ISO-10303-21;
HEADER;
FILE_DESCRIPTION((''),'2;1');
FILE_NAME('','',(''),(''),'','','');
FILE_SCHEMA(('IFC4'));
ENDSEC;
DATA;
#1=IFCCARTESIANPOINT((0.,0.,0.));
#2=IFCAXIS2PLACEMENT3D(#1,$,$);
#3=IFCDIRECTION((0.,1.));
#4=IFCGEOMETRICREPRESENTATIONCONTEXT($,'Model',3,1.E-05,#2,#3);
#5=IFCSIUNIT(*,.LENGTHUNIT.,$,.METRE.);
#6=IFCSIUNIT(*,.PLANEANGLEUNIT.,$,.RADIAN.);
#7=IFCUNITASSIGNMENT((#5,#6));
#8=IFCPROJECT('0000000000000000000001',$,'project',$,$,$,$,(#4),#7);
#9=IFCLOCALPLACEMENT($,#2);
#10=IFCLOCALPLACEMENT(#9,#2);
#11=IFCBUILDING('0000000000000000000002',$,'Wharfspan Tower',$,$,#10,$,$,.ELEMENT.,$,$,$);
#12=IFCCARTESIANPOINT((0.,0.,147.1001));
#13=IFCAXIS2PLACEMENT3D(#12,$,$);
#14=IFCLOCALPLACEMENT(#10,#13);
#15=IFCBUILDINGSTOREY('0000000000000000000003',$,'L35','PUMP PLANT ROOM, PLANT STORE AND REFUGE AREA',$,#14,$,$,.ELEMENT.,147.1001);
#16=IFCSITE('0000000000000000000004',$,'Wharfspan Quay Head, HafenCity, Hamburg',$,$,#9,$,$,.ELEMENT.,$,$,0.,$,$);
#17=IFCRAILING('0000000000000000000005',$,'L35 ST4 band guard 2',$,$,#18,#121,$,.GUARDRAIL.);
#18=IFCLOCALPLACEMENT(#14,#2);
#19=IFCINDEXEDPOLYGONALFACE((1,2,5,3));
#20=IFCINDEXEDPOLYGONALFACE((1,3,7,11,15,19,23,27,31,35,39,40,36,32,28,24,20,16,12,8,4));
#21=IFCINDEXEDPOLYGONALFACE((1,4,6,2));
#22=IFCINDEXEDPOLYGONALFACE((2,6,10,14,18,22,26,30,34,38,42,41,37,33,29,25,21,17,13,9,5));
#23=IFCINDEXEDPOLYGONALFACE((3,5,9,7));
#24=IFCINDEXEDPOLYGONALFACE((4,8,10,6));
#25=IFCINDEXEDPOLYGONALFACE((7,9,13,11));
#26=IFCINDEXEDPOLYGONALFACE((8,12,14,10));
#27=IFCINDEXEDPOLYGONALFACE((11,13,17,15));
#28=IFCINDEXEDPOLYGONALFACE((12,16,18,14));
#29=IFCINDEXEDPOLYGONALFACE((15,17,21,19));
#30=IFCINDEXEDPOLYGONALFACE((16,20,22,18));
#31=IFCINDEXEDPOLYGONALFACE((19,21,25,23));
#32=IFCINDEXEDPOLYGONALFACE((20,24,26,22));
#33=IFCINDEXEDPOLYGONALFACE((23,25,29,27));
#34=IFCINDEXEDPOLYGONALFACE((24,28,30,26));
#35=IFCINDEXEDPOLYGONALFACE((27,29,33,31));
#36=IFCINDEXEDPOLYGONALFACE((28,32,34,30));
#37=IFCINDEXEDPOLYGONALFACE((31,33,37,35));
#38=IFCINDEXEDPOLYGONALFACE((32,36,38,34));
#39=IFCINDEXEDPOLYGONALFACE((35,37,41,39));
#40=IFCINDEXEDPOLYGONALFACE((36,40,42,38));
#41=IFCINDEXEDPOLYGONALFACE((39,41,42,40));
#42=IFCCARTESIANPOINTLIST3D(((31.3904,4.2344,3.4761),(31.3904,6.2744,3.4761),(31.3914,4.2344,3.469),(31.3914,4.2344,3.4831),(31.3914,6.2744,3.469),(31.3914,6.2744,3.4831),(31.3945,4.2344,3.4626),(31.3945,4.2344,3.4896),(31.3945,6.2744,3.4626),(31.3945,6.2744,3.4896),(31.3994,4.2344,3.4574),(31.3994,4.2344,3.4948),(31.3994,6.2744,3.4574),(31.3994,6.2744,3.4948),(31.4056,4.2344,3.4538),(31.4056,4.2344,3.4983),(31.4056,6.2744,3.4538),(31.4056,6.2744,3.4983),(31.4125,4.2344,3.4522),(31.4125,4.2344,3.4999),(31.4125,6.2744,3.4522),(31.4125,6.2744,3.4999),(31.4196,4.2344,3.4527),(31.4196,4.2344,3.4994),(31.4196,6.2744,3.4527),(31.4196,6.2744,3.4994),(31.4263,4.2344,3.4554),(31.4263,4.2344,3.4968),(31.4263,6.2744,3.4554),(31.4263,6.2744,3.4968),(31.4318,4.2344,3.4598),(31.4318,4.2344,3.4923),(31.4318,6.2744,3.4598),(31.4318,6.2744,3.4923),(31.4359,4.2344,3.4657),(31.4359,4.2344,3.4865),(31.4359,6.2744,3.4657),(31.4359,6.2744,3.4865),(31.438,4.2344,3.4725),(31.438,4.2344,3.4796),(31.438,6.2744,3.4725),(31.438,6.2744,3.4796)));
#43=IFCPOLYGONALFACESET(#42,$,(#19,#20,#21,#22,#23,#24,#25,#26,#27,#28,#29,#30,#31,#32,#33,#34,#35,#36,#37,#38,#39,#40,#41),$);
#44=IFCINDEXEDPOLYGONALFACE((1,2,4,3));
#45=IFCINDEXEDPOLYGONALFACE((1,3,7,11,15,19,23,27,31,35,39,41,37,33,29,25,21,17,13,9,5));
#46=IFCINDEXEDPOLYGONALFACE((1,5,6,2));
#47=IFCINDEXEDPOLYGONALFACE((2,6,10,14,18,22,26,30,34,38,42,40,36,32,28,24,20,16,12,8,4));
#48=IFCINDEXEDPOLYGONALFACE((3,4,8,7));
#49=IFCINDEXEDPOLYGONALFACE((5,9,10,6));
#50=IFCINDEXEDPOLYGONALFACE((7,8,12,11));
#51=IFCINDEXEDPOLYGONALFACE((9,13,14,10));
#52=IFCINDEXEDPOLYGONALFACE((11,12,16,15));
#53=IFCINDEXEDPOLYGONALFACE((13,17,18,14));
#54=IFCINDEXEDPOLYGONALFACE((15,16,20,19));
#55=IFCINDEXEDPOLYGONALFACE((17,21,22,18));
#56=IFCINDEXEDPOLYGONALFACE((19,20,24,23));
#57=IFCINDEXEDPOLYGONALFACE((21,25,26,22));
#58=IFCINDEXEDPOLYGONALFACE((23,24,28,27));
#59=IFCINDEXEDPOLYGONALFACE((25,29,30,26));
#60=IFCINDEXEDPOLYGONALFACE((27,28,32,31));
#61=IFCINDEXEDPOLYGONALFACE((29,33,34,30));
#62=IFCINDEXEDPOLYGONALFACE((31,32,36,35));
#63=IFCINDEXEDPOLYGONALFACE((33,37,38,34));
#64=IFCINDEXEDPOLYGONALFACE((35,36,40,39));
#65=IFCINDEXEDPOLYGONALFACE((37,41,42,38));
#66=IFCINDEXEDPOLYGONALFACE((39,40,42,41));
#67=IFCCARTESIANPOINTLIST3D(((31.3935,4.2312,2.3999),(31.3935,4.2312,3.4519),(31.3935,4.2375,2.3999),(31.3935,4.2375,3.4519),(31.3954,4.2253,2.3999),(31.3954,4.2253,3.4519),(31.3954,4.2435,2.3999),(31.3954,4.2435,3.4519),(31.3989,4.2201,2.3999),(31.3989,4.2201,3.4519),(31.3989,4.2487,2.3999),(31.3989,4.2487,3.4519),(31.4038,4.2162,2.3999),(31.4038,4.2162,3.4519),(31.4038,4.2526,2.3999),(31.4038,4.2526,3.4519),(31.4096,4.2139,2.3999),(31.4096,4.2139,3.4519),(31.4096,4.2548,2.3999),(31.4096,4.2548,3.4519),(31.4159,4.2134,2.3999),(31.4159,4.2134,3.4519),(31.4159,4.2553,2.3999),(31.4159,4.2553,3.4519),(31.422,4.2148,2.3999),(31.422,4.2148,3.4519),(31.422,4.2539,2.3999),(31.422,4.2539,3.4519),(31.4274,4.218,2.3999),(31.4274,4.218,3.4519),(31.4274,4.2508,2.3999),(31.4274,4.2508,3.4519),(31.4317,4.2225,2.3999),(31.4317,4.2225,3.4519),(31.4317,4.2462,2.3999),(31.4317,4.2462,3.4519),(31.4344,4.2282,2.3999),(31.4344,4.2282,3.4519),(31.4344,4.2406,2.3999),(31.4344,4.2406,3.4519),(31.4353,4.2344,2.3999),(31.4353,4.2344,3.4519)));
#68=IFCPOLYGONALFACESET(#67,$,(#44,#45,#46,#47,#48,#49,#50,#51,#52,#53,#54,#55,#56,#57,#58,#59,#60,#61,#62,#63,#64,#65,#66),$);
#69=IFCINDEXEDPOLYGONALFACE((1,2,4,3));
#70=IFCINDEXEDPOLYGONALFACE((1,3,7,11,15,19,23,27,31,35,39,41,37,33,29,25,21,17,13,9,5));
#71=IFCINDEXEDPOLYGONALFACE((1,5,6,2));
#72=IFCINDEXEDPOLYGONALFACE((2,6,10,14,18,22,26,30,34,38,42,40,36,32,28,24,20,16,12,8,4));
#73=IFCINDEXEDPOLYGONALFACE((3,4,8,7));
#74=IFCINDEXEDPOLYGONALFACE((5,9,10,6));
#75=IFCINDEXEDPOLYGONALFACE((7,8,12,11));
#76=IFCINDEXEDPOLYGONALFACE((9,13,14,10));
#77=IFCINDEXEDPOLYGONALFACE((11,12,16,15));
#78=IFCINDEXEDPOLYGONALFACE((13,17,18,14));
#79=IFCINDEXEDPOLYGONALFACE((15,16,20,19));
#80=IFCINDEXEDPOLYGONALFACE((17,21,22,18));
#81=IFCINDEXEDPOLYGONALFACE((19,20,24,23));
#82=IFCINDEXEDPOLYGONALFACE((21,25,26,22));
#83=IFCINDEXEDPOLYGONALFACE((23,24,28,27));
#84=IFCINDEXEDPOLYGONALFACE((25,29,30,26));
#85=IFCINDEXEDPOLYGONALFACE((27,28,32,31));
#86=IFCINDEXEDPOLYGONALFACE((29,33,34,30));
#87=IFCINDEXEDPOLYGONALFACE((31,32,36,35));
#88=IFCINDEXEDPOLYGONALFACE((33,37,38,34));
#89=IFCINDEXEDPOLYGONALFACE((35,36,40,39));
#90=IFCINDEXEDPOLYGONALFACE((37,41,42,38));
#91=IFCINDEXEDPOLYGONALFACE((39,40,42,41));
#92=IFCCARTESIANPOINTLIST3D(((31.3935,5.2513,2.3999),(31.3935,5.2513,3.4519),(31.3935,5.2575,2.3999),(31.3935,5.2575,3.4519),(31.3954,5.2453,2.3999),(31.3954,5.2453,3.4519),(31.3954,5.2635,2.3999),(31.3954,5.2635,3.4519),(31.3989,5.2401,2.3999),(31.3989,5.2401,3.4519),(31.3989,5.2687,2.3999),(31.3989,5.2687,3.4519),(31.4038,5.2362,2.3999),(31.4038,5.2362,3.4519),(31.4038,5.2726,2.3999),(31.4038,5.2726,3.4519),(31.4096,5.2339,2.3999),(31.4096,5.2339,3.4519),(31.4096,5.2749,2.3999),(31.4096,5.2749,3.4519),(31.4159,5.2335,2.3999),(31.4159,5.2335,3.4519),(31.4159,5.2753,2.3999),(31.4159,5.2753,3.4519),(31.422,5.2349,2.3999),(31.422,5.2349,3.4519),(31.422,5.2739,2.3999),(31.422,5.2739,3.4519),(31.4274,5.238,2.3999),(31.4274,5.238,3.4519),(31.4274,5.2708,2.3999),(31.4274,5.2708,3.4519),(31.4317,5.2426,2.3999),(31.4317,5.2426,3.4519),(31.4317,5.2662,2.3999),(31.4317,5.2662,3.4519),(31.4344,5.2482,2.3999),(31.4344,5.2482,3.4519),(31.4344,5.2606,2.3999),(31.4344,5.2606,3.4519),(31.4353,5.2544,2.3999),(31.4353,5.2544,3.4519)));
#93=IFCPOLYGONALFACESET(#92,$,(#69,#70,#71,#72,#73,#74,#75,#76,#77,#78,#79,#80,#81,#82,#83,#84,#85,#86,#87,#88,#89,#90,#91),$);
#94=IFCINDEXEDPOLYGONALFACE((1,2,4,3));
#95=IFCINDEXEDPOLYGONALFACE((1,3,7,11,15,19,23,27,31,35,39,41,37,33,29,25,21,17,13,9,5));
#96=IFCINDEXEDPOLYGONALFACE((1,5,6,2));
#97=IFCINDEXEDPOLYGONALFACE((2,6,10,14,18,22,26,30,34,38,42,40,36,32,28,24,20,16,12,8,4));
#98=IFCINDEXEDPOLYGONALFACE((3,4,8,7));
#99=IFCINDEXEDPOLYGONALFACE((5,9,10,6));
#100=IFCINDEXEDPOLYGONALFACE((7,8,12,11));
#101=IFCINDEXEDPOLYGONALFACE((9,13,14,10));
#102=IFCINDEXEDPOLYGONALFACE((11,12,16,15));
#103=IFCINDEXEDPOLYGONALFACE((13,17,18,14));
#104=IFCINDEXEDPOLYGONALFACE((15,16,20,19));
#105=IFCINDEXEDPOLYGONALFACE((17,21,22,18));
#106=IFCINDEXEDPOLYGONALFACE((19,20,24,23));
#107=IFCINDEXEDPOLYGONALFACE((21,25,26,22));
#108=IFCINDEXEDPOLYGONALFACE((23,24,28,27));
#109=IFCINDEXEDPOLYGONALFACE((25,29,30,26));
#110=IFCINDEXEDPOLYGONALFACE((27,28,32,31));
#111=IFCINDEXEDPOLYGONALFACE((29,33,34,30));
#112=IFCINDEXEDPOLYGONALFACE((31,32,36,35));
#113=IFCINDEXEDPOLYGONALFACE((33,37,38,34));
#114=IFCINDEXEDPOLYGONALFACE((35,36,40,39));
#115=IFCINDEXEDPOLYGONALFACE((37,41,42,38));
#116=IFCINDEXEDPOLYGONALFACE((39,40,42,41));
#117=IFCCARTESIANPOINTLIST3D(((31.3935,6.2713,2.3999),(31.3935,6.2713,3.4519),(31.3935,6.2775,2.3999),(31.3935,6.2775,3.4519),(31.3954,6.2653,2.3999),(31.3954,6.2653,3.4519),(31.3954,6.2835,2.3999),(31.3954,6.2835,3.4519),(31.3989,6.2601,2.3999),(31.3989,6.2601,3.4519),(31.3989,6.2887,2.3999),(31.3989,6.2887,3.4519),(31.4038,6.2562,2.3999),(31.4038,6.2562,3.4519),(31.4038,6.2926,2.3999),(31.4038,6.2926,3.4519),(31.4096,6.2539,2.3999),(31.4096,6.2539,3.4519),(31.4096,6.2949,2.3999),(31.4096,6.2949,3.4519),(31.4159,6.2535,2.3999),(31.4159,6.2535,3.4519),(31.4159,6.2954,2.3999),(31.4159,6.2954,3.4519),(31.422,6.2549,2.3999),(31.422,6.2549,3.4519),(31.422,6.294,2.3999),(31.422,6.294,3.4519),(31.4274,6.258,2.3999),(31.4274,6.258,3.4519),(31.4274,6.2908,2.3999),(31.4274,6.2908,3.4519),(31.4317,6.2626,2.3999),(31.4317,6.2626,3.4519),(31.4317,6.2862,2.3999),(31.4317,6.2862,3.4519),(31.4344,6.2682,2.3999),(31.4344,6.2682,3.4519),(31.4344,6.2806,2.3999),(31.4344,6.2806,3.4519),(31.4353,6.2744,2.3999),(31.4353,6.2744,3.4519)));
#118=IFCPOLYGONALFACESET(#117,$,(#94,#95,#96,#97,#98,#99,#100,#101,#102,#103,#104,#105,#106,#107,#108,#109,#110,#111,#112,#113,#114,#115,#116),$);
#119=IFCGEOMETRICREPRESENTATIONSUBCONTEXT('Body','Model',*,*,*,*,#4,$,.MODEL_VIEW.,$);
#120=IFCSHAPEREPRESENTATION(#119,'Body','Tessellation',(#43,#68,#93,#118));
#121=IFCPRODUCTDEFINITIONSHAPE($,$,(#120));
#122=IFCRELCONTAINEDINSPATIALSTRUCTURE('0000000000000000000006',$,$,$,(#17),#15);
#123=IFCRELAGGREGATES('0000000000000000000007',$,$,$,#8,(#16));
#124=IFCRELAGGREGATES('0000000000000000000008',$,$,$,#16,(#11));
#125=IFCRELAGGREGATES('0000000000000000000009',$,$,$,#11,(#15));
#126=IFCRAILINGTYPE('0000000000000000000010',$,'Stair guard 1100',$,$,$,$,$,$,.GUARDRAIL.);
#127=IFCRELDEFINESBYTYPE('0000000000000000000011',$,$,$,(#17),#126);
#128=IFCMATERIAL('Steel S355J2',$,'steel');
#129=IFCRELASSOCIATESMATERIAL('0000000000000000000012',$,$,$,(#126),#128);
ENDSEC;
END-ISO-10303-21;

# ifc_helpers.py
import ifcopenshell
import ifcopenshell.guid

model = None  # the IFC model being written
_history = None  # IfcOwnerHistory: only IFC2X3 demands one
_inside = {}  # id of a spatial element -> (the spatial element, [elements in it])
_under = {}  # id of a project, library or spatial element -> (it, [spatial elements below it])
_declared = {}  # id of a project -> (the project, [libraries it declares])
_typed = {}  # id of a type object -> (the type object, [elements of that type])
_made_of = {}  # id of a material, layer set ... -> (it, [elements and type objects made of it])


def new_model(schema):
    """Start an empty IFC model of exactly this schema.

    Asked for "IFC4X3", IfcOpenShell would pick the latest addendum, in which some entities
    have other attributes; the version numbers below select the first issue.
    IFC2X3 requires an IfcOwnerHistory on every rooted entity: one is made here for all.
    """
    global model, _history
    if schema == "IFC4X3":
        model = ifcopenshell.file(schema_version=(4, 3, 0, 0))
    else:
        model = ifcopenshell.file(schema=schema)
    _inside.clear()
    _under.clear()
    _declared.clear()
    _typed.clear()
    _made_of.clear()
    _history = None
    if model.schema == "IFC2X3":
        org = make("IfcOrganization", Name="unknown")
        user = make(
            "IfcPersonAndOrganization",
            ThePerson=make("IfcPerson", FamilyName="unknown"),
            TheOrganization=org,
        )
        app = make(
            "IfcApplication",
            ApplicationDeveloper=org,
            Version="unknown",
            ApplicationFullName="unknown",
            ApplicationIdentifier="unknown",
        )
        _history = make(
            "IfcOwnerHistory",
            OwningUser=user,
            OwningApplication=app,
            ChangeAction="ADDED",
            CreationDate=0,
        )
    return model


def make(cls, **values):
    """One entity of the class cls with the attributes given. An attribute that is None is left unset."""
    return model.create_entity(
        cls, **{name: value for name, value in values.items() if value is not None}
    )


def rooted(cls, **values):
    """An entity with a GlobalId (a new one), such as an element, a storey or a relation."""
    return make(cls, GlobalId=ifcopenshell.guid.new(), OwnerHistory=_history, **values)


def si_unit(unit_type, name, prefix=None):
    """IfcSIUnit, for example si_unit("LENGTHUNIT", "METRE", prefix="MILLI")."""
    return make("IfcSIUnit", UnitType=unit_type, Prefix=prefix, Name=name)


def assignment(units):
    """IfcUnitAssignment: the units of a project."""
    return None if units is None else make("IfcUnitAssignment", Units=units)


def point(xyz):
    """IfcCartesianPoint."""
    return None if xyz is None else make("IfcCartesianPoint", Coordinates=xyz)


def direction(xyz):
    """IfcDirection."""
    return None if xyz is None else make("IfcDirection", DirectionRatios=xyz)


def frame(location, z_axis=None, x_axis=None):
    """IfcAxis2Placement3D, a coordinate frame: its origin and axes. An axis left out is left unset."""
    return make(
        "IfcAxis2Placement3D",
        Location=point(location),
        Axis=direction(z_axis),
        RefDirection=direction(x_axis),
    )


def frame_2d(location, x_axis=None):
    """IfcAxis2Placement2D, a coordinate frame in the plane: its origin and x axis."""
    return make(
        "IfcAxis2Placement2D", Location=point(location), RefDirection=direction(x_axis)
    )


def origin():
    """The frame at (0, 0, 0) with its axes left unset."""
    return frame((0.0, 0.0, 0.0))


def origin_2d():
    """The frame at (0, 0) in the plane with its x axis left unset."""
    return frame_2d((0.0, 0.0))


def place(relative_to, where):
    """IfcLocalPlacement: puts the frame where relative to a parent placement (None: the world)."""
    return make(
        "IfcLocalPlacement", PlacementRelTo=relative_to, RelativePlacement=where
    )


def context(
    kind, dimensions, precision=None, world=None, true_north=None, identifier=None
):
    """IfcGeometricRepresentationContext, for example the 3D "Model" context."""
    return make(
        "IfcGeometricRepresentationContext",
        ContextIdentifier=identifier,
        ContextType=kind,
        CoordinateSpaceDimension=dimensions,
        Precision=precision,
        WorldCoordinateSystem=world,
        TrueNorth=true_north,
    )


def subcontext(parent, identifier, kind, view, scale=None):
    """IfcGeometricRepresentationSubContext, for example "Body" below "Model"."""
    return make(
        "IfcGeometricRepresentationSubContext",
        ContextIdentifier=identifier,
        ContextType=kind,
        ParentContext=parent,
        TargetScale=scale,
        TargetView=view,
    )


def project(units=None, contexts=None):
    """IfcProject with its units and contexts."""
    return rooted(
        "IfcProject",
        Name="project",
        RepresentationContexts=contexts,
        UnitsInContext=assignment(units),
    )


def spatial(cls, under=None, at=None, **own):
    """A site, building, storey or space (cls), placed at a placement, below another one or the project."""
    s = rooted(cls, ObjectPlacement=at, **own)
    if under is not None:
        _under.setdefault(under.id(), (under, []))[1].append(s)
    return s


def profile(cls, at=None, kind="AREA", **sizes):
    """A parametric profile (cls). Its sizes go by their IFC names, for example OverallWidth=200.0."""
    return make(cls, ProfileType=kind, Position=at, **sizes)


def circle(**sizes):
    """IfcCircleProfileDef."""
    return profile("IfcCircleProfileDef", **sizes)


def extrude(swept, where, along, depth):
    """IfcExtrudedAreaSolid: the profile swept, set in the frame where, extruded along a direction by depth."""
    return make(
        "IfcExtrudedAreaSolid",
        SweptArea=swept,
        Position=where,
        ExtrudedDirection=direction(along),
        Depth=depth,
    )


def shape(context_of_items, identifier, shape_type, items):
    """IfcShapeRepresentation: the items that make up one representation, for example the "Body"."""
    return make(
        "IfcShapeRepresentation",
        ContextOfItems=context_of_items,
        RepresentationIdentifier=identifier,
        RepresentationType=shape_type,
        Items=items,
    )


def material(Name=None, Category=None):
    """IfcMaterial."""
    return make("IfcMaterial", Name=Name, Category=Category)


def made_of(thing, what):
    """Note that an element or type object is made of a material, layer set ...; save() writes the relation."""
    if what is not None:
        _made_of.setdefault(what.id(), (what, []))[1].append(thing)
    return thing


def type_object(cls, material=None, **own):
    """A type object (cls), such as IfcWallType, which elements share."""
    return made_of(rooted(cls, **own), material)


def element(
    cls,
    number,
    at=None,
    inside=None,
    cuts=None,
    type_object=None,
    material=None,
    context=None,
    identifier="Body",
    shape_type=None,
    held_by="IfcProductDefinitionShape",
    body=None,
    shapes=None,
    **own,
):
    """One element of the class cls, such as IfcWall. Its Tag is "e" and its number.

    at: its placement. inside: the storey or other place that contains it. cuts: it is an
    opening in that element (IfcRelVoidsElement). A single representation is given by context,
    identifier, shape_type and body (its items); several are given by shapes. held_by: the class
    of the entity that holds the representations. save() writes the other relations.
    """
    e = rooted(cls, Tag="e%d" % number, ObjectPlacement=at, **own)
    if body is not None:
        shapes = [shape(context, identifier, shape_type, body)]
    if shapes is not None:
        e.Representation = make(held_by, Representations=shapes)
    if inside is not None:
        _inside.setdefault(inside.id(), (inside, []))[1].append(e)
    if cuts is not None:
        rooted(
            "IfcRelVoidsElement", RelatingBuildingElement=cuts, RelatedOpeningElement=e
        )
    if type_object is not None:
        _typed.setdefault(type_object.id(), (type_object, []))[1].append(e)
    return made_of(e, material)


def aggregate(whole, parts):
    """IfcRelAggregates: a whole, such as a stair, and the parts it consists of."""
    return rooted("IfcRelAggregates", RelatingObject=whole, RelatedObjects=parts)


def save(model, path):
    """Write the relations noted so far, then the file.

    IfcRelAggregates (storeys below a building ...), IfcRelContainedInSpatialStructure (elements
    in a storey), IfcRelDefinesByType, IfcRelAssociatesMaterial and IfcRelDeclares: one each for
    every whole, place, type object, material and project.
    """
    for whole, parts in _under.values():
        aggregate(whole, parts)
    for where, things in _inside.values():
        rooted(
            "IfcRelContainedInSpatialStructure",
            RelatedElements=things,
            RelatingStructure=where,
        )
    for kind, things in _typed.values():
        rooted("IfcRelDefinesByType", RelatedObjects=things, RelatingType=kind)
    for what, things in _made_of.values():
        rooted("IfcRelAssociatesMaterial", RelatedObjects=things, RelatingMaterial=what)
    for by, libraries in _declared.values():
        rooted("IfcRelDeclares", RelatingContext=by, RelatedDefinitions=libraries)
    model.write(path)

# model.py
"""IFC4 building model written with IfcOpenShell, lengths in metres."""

from ifc_helpers import new_model, si_unit, direction, frame, origin, origin_2d, place, context, subcontext, project, spatial, circle, extrude, material, type_object, element, save


model = new_model("IFC4")

# Units and contexts
model_context = context("Model", 3, precision=1e-05, world=origin(), true_north=direction((0.0, 1.0)))
body_context = subcontext(model_context, "Body", "Model", "MODEL_VIEW")
ifc_project = project(units=[si_unit("LENGTHUNIT", "METRE"), si_unit("PLANEANGLEUNIT", "RADIAN")], contexts=[model_context])

# Site, building, storey
site_placement = place(None, origin())
site = spatial("IfcSite", under=ifc_project, at=site_placement, Name="Wharfspan Quay Head, HafenCity, Hamburg", CompositionType="ELEMENT", RefElevation=0.0)
building_placement = place(site_placement, origin())
building = spatial("IfcBuilding", under=site, at=building_placement, Name="Wharfspan Tower", CompositionType="ELEMENT")
storey_placement = place(building_placement, frame((0.0, 0.0, 147.1001)))
storey = spatial("IfcBuildingStorey", under=building, at=storey_placement, Name="L35", Description="PUMP PLANT ROOM, PLANT STORE AND REFUGE AREA", CompositionType="ELEMENT", Elevation=147.1001)

# Shared definitions
ifc_material_1 = material(Name="Steel S355J2", Category="steel")

# Railing
railing_type_1 = type_object("IfcRailingType", Name="Stair guard 1100", PredefinedType="GUARDRAIL", material=ifc_material_1)
railing_1_placement = place(storey_placement, frame((31.4143, 4.2344, 2.3999)))
element("IfcRailing", 1, at=railing_1_placement, inside=storey, type_object=railing_type_1, Name="L35 ST4 band guard 2", PredefinedType="GUARDRAIL", context=body_context, shape_type="SweptSolid", body=[
    extrude(circle(Radius=0.0239, at=origin_2d()), frame((0.0, 0.0, 1.0762), z_axis=(0.0, 1.0, 0.0), x_axis=(-1.0, 0.0, 0.0)), (0.0, 0.0, 1.0), 2.04),
    extrude(circle(Radius=0.021, at=origin_2d()), origin(), (0.0, 0.0, 1.0), 1.052),
    extrude(circle(Radius=0.021, at=origin_2d()), frame((0.0, 1.02, 0.0)), (0.0, 0.0, 1.0), 1.052),
    extrude(circle(Radius=0.021, at=origin_2d()), frame((0.0, 2.04, 0.0)), (0.0, 0.0, 1.0), 1.052),
])

save(model, "model.ifc")
